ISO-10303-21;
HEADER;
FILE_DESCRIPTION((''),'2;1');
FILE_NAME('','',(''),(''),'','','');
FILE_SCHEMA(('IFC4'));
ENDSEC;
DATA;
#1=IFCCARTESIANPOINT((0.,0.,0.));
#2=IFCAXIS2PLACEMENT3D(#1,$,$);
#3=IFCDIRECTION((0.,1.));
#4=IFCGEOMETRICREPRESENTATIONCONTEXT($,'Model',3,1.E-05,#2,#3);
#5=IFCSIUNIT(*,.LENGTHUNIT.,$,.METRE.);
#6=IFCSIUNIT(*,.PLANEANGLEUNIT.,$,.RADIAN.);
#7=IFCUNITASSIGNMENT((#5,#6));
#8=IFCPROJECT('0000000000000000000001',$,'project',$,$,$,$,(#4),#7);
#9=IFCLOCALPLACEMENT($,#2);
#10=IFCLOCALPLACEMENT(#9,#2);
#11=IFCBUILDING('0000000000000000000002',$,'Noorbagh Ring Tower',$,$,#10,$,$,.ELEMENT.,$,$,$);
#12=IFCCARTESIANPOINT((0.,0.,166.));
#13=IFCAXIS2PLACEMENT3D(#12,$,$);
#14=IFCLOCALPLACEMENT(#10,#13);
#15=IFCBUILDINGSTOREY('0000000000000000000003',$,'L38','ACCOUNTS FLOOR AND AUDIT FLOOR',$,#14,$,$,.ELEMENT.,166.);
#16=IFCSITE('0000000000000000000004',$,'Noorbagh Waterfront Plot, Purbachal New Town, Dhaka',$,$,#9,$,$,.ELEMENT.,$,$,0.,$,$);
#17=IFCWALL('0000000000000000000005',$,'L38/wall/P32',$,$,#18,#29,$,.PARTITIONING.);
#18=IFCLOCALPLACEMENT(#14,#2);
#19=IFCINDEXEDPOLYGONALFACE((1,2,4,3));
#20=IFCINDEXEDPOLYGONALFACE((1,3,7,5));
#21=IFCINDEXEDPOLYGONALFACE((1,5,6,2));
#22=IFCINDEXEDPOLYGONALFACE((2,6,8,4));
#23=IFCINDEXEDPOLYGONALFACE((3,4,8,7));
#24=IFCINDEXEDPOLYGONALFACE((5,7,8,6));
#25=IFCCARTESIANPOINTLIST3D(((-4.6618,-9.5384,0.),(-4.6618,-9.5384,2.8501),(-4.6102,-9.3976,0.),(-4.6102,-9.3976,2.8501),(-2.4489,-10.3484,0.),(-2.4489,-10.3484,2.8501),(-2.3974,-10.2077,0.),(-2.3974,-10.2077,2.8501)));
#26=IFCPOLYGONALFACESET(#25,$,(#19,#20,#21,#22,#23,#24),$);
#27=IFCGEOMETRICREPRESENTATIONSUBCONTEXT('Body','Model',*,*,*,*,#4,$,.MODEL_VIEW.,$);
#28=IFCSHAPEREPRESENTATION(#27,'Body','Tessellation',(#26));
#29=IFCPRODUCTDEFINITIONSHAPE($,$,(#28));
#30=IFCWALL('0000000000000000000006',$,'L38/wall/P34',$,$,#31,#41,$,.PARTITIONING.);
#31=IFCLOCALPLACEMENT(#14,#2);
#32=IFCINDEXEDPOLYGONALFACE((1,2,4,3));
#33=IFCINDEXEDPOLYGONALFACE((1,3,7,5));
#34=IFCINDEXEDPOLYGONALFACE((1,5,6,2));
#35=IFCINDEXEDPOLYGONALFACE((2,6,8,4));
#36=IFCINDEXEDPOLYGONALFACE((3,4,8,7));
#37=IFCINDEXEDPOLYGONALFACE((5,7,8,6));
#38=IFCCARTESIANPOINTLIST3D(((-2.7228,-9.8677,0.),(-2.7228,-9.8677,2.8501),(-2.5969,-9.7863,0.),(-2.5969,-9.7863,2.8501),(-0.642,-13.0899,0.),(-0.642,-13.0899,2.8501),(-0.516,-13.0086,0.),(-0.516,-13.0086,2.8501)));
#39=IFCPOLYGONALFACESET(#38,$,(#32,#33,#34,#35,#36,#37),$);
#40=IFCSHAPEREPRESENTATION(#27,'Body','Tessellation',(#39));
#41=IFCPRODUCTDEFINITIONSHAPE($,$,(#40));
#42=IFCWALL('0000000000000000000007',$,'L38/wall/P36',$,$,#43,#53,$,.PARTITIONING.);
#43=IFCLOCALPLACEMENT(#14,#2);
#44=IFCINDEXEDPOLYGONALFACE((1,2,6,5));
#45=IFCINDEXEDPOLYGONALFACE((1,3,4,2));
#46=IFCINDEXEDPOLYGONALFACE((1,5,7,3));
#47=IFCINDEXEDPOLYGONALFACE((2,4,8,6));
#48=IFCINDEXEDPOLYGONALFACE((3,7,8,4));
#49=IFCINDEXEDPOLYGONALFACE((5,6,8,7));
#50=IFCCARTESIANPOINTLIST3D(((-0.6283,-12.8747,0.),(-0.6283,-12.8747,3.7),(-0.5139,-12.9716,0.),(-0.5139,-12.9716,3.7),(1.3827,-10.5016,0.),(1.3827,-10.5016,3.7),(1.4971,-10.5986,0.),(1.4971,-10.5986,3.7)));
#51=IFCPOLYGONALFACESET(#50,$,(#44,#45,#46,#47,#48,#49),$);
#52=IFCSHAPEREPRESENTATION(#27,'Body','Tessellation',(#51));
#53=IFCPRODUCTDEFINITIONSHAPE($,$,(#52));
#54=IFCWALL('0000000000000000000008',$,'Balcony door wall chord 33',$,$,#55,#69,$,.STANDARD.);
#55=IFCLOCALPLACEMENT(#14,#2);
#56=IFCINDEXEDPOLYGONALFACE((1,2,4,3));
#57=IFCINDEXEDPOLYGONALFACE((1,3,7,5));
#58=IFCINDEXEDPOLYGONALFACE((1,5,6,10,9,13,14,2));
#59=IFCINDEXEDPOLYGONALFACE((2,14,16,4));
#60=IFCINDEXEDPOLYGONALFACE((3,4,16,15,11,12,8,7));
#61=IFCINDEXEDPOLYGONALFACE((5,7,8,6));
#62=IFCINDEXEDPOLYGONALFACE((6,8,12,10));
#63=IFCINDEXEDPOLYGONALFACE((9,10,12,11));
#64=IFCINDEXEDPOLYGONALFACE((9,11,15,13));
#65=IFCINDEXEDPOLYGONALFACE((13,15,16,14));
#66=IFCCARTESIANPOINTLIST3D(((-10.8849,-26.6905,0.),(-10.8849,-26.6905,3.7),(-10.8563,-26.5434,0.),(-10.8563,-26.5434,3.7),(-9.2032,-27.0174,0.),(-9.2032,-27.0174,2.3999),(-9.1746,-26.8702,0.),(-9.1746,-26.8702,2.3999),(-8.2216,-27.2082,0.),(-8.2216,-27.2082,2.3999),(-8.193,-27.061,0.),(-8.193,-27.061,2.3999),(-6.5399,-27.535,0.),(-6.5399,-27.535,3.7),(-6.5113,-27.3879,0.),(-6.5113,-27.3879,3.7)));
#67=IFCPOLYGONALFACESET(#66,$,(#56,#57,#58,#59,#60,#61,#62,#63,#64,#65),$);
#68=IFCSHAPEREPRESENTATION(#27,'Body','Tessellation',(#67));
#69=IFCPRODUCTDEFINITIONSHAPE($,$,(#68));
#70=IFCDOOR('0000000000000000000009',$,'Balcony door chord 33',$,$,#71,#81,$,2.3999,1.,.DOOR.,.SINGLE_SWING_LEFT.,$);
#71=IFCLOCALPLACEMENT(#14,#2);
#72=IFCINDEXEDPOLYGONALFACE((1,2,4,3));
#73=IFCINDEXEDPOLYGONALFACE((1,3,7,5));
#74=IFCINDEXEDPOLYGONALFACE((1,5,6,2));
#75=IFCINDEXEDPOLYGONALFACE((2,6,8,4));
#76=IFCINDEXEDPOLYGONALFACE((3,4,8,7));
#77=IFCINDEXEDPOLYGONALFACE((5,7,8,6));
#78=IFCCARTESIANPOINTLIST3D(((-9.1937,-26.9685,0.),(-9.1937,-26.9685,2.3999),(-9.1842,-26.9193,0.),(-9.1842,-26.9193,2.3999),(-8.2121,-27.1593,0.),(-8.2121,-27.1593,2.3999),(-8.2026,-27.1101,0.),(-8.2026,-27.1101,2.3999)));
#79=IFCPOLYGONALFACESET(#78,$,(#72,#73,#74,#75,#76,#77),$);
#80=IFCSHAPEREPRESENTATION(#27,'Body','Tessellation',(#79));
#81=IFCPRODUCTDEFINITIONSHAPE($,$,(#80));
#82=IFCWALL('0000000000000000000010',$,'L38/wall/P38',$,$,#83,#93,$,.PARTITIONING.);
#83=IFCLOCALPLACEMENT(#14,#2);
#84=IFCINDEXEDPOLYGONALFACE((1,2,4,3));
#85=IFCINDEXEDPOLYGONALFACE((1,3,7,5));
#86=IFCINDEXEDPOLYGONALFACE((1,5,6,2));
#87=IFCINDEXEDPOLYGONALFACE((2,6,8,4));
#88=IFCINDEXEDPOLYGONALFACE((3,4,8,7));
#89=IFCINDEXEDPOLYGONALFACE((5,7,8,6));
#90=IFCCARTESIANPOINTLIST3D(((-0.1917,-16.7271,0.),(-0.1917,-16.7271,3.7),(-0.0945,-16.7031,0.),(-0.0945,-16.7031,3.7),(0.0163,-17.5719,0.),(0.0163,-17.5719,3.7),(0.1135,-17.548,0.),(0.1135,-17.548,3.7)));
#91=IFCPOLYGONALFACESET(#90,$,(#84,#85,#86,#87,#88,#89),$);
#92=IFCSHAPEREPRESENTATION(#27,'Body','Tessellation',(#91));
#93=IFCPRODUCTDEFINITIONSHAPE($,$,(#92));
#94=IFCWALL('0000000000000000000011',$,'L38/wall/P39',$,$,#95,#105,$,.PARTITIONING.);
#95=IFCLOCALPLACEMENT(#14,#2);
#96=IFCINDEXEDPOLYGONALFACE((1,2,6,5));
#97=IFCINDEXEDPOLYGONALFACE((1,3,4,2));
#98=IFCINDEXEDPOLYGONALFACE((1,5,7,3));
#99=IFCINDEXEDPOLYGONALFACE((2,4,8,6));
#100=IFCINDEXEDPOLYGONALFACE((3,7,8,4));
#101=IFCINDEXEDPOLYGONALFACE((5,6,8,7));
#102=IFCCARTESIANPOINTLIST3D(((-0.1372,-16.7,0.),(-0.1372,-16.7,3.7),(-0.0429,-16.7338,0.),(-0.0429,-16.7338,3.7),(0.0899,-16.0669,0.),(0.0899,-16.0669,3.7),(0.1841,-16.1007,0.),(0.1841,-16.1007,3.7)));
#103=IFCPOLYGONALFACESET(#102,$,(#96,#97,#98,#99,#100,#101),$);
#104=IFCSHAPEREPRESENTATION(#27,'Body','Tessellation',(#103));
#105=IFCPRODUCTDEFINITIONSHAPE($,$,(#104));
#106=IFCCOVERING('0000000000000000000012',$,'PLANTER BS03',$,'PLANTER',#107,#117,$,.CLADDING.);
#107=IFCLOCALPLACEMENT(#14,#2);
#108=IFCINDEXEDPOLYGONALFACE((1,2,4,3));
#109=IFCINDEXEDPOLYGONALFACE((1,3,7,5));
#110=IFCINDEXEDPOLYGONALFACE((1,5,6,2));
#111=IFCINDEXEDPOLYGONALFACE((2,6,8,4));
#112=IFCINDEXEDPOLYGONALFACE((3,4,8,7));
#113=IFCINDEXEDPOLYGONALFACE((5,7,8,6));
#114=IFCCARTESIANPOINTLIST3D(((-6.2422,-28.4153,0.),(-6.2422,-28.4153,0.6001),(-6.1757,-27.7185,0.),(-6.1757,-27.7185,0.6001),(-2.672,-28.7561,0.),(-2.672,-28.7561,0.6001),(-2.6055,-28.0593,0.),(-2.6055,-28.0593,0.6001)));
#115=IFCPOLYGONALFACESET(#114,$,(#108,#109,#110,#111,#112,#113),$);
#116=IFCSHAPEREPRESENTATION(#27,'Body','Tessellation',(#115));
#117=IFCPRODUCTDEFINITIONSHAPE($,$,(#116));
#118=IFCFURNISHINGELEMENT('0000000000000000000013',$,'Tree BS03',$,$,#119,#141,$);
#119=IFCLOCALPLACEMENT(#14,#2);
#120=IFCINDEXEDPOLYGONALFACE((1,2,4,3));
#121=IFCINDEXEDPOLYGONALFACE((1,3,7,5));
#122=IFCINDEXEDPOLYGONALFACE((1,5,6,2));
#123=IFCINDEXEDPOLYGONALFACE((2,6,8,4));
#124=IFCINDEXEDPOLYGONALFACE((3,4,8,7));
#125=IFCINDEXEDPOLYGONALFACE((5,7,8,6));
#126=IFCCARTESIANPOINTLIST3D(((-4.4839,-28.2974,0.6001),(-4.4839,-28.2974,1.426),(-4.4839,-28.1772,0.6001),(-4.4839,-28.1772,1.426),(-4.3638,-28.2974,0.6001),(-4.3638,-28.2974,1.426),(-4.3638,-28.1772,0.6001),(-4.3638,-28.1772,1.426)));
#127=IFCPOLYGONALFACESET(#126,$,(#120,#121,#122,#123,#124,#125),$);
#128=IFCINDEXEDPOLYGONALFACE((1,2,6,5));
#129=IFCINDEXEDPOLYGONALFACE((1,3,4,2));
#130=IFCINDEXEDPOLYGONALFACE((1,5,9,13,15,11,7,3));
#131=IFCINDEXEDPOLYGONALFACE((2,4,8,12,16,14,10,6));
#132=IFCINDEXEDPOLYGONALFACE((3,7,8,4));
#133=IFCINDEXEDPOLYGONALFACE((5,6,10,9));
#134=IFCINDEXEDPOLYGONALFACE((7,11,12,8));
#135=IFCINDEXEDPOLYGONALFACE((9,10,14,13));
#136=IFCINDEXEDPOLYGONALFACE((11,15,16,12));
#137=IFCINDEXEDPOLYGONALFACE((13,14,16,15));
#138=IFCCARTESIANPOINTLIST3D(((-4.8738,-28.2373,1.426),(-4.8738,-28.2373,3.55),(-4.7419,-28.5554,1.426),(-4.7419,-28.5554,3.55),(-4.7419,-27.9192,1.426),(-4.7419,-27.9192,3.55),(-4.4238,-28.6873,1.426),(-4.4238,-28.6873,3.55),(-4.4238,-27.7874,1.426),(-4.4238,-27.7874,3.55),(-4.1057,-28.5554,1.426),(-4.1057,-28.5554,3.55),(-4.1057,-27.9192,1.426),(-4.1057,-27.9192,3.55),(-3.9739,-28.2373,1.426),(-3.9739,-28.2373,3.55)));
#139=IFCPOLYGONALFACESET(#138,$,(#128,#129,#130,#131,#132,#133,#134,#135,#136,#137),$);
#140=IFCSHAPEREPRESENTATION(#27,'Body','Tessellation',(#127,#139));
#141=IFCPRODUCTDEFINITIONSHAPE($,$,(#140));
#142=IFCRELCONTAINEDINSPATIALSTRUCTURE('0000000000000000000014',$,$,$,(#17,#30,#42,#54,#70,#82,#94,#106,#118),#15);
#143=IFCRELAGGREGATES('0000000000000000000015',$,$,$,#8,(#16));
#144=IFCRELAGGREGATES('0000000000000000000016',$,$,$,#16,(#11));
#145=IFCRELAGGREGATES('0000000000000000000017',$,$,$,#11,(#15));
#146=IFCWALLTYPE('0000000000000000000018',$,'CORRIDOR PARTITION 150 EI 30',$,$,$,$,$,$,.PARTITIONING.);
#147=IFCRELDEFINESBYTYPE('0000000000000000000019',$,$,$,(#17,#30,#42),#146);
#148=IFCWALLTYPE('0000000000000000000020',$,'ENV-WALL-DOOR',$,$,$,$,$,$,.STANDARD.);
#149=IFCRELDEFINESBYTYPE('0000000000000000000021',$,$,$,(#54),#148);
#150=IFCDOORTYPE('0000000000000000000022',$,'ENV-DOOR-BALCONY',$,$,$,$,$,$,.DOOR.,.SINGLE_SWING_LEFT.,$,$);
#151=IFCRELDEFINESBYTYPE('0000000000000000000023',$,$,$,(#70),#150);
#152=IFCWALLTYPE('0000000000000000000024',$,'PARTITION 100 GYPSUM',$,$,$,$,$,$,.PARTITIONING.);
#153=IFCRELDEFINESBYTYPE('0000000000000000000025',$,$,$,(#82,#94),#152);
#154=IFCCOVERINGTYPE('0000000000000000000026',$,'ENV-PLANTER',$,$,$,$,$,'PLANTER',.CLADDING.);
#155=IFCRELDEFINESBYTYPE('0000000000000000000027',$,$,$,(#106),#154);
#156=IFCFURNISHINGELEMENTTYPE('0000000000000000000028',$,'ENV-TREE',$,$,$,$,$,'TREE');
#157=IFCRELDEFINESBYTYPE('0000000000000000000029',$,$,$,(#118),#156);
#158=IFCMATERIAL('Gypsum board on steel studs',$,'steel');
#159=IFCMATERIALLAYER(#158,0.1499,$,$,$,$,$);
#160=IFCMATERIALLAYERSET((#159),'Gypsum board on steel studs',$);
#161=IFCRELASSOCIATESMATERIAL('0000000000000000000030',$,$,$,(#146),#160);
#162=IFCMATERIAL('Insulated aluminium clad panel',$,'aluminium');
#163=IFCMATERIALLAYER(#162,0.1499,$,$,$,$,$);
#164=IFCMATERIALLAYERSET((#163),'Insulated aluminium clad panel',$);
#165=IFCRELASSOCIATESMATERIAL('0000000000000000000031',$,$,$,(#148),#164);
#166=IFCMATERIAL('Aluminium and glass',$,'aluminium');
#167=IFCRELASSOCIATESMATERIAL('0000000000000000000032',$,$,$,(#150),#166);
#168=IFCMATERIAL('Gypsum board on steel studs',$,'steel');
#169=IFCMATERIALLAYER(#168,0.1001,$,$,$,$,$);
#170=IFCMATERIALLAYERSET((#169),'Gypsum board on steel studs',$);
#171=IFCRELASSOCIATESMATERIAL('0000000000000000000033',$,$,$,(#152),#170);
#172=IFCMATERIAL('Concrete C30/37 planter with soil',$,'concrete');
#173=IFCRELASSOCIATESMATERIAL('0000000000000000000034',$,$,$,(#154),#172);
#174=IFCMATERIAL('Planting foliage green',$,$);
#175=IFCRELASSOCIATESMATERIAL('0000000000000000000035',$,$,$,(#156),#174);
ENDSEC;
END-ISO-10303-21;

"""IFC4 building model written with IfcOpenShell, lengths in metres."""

from ifc_helpers import new_model, si_unit, direction, frame, frame_2d, origin, origin_2d, place, context, subcontext, project, spatial, polyline, rectangle, outline, extrude, material, layer, layer_set, type_object, element, fill, save


model = new_model("IFC4")

# Units and contexts
model_context = context("Model", 3, precision=1e-05, world=origin(), true_north=direction((0.0, 1.0)))
body_context = subcontext(model_context, "Body", "Model", "MODEL_VIEW")
ifc_project = project(units=[si_unit("LENGTHUNIT", "METRE"), si_unit("PLANEANGLEUNIT", "RADIAN")], contexts=[model_context])

# Site, building, storey
site_placement = place(None, origin())
site = spatial("IfcSite", under=ifc_project, at=site_placement, Name="Noorbagh Waterfront Plot, Purbachal New Town, Dhaka", CompositionType="ELEMENT", RefElevation=0.0)
building_placement = place(site_placement, origin())
building = spatial("IfcBuilding", under=site, at=building_placement, Name="Noorbagh Ring Tower", CompositionType="ELEMENT")
storey_placement = place(building_placement, frame((0.0, 0.0, 166.0)))
storey = spatial("IfcBuildingStorey", under=building, at=storey_placement, Name="L38", Description="ACCOUNTS FLOOR AND AUDIT FLOOR", CompositionType="ELEMENT", Elevation=166.0)

# Walls
ifc_material_1 = material(Name="Gypsum board on steel studs", Category="steel")
ifc_layer_1 = layer(ifc_material_1, 0.1499)
ifc_layer_set_1 = layer_set([ifc_layer_1], Name="Gypsum board on steel studs")
wall_type_1 = type_object("IfcWallType", Name="CORRIDOR PARTITION 150 EI 30", PredefinedType="PARTITIONING", material=ifc_layer_set_1)
wall_1_placement = place(storey_placement, frame((-4.636, -9.468, 0.0), z_axis=(0.0, 0.0, 1.0), x_axis=(0.939059, -0.343755, 0.0)))
element("IfcWall", 1, at=wall_1_placement, inside=storey, type_object=wall_type_1, Name="L38/wall/P32", PredefinedType="PARTITIONING", context=body_context, shape_type="SweptSolid", body=[
    extrude(rectangle(XDim=2.3564, YDim=0.1499, at=frame_2d((1.1782, 0.0))), origin(), (0.0, 0.0, 1.0), 2.8501),
])
wall_2_placement = place(storey_placement, frame((-2.6599, -9.8269, 0.0), z_axis=(0.0, 0.0, 1.0), x_axis=(0.542494, -0.84006, 0.0)))
element("IfcWall", 2, at=wall_2_placement, inside=storey, type_object=wall_type_1, Name="L38/wall/P34", PredefinedType="PARTITIONING", context=body_context, shape_type="SweptSolid", body=[
    extrude(rectangle(XDim=3.8357, YDim=0.1499, at=frame_2d((1.918, 0.0))), origin(), (0.0, 0.0, 1.0), 2.8501),
])
wall_3_placement = place(storey_placement, frame((-0.571, -12.9231, 0.0), z_axis=(0.0, 0.0, 1.0), x_axis=(0.646509, 0.762907, 0.0)))
element("IfcWall", 3, at=wall_3_placement, inside=storey, type_object=wall_type_1, Name="L38/wall/P36", PredefinedType="PARTITIONING", context=body_context, shape_type="SweptSolid", body=[
    extrude(rectangle(XDim=3.1106, YDim=0.1499, at=frame_2d((1.5552, 0.0))), origin(), (0.0, 0.0, 1.0), 3.7),
])

# Wall, opening, door
ifc_material_2 = material(Name="Insulated aluminium clad panel", Category="aluminium")
ifc_layer_2 = layer(ifc_material_2, 0.1499)
ifc_layer_set_2 = layer_set([ifc_layer_2], Name="Insulated aluminium clad panel")
wall_type_2 = type_object("IfcWallType", Name="ENV-WALL-DOOR", PredefinedType="STANDARD", material=ifc_layer_set_2)
wall_4_placement = place(storey_placement, frame((-10.8706, -26.6169, 0.0), z_axis=(0.0, 0.0, 1.0), x_axis=(0.981631, -0.190788, 0.0)))
wall_4 = element("IfcWall", 4, at=wall_4_placement, inside=storey, type_object=wall_type_2, Name="Balcony door wall chord 33", PredefinedType="STANDARD", context=body_context, shape_type="SweptSolid", body=[
    extrude(rectangle(XDim=4.4263, YDim=0.1499, at=frame_2d((2.2131, 0.0))), origin(), (0.0, 0.0, 1.0), 3.7),
])
opening_placement = place(wall_4_placement, frame((1.7131, 0.0, 0.0)))
opening = element("IfcOpeningElement", 5, at=opening_placement, cuts=wall_4, PredefinedType="OPENING", context=body_context, shape_type="SweptSolid", body=[
    extrude(rectangle(XDim=1.0, YDim=2.3999, at=frame_2d((0.5, 1.2))), frame((0.0, 0.085, 0.0), z_axis=(0.0, -1.0, 0.0), x_axis=(1.0, 0.0, 0.0)), (0.0, 0.0, 1.0), 0.1699),
])
ifc_material_3 = material(Name="Aluminium and glass", Category="aluminium")
door_type = type_object("IfcDoorType", Name="ENV-DOOR-BALCONY", OperationType="SINGLE_SWING_LEFT", PredefinedType="DOOR", material=ifc_material_3)
door_placement = place(opening_placement, origin())
door = element("IfcDoor", 6, at=door_placement, inside=storey, type_object=door_type, Name="Balcony door chord 33", OperationType="SINGLE_SWING_LEFT", OverallHeight=2.3999, OverallWidth=1.0, PredefinedType="DOOR", context=body_context, shape_type="SweptSolid", body=[
    extrude(rectangle(XDim=1.0, YDim=2.3999, at=frame_2d((0.5, 1.2))), frame((0.0, 0.0249, 0.0), z_axis=(0.0, -1.0, 0.0), x_axis=(1.0, 0.0, 0.0)), (0.0, 0.0, 1.0), 0.05),
])
fill(opening, door)

# Walls
ifc_material_4 = material(Name="Gypsum board on steel studs", Category="steel")
ifc_layer_3 = layer(ifc_material_4, 0.1001)
ifc_layer_set_3 = layer_set([ifc_layer_3], Name="Gypsum board on steel studs")
wall_type_3 = type_object("IfcWallType", Name="PARTITION 100 GYPSUM", PredefinedType="PARTITIONING", material=ifc_layer_set_3)
wall_5_placement = place(storey_placement, frame((-0.1431, -16.7151, 0.0), z_axis=(0.0, 0.0, 1.0), x_axis=(0.239035, -0.971011, 0.0)))
element("IfcWall", 7, at=wall_5_placement, inside=storey, type_object=wall_type_3, Name="L38/wall/P38", PredefinedType="PARTITIONING", context=body_context, shape_type="SweptSolid", body=[
    extrude(rectangle(XDim=0.8701, YDim=0.1001, at=frame_2d((0.4351, 0.0))), origin(), (0.0, 0.0, 1.0), 3.7),
])
wall_6_placement = place(storey_placement, frame((-0.0901, -16.717, 0.0), z_axis=(0.0, 0.0, 1.0), x_axis=(0.337601, 0.941289, 0.0)))
element("IfcWall", 8, at=wall_6_placement, inside=storey, type_object=wall_type_3, Name="L38/wall/P39", PredefinedType="PARTITIONING", context=body_context, shape_type="SweptSolid", body=[
    extrude(rectangle(XDim=0.6726, YDim=0.1001, at=frame_2d((0.3364, 0.0))), origin(), (0.0, 0.0, 1.0), 3.7),
])

# Covering
ifc_material_5 = material(Name="Concrete C30/37 planter with soil", Category="concrete")
covering_type = type_object("IfcCoveringType", Name="ENV-PLANTER", ElementType="PLANTER", PredefinedType="CLADDING", material=ifc_material_5)
covering_placement = place(storey_placement, frame((-4.4238, -28.2373, 0.0), z_axis=(0.0, 0.0, 1.0), x_axis=(0.995476, -0.095008, 0.0)))
element("IfcCovering", 9, at=covering_placement, inside=storey, type_object=covering_type, Name="PLANTER BS03", ObjectType="PLANTER", PredefinedType="CLADDING", context=body_context, shape_type="SweptSolid", body=[
    extrude(rectangle(XDim=3.5864, YDim=0.7, at=origin_2d()), origin(), (0.0, 0.0, 1.0), 0.6001),
])

# Furnishing element
ifc_material_6 = material(Name="Planting foliage green")
furnishing_element_type = type_object("IfcFurnishingElementType", Name="ENV-TREE", ElementType="TREE", material=ifc_material_6)
furnishing_placement = place(storey_placement, frame((-4.4238, -28.2373, 0.6001), z_axis=(0.0, 0.0, 1.0), x_axis=(1.0, 0.0, 0.0)))
element("IfcFurnishingElement", 10, at=furnishing_placement, inside=storey, type_object=furnishing_element_type, Name="Tree BS03", context=body_context, shape_type="SweptSolid", body=[
    extrude(rectangle(XDim=0.1201, YDim=0.1201, at=origin_2d()), origin(), (0.0, 0.0, 1.0), 0.8259),
    extrude(outline(polyline([(0.45, 0.0), (0.3181, 0.3181), (0.0, 0.45), (-0.3181, 0.3181), (-0.45, 0.0), (-0.3181, -0.3181), (0.0, -0.45), (0.3181, -0.3181), (0.45, 0.0)])), frame((0.0, 0.0, 0.8259)), (0.0, 0.0, 1.0), 2.124),
])

save(model, "model.ifc")
